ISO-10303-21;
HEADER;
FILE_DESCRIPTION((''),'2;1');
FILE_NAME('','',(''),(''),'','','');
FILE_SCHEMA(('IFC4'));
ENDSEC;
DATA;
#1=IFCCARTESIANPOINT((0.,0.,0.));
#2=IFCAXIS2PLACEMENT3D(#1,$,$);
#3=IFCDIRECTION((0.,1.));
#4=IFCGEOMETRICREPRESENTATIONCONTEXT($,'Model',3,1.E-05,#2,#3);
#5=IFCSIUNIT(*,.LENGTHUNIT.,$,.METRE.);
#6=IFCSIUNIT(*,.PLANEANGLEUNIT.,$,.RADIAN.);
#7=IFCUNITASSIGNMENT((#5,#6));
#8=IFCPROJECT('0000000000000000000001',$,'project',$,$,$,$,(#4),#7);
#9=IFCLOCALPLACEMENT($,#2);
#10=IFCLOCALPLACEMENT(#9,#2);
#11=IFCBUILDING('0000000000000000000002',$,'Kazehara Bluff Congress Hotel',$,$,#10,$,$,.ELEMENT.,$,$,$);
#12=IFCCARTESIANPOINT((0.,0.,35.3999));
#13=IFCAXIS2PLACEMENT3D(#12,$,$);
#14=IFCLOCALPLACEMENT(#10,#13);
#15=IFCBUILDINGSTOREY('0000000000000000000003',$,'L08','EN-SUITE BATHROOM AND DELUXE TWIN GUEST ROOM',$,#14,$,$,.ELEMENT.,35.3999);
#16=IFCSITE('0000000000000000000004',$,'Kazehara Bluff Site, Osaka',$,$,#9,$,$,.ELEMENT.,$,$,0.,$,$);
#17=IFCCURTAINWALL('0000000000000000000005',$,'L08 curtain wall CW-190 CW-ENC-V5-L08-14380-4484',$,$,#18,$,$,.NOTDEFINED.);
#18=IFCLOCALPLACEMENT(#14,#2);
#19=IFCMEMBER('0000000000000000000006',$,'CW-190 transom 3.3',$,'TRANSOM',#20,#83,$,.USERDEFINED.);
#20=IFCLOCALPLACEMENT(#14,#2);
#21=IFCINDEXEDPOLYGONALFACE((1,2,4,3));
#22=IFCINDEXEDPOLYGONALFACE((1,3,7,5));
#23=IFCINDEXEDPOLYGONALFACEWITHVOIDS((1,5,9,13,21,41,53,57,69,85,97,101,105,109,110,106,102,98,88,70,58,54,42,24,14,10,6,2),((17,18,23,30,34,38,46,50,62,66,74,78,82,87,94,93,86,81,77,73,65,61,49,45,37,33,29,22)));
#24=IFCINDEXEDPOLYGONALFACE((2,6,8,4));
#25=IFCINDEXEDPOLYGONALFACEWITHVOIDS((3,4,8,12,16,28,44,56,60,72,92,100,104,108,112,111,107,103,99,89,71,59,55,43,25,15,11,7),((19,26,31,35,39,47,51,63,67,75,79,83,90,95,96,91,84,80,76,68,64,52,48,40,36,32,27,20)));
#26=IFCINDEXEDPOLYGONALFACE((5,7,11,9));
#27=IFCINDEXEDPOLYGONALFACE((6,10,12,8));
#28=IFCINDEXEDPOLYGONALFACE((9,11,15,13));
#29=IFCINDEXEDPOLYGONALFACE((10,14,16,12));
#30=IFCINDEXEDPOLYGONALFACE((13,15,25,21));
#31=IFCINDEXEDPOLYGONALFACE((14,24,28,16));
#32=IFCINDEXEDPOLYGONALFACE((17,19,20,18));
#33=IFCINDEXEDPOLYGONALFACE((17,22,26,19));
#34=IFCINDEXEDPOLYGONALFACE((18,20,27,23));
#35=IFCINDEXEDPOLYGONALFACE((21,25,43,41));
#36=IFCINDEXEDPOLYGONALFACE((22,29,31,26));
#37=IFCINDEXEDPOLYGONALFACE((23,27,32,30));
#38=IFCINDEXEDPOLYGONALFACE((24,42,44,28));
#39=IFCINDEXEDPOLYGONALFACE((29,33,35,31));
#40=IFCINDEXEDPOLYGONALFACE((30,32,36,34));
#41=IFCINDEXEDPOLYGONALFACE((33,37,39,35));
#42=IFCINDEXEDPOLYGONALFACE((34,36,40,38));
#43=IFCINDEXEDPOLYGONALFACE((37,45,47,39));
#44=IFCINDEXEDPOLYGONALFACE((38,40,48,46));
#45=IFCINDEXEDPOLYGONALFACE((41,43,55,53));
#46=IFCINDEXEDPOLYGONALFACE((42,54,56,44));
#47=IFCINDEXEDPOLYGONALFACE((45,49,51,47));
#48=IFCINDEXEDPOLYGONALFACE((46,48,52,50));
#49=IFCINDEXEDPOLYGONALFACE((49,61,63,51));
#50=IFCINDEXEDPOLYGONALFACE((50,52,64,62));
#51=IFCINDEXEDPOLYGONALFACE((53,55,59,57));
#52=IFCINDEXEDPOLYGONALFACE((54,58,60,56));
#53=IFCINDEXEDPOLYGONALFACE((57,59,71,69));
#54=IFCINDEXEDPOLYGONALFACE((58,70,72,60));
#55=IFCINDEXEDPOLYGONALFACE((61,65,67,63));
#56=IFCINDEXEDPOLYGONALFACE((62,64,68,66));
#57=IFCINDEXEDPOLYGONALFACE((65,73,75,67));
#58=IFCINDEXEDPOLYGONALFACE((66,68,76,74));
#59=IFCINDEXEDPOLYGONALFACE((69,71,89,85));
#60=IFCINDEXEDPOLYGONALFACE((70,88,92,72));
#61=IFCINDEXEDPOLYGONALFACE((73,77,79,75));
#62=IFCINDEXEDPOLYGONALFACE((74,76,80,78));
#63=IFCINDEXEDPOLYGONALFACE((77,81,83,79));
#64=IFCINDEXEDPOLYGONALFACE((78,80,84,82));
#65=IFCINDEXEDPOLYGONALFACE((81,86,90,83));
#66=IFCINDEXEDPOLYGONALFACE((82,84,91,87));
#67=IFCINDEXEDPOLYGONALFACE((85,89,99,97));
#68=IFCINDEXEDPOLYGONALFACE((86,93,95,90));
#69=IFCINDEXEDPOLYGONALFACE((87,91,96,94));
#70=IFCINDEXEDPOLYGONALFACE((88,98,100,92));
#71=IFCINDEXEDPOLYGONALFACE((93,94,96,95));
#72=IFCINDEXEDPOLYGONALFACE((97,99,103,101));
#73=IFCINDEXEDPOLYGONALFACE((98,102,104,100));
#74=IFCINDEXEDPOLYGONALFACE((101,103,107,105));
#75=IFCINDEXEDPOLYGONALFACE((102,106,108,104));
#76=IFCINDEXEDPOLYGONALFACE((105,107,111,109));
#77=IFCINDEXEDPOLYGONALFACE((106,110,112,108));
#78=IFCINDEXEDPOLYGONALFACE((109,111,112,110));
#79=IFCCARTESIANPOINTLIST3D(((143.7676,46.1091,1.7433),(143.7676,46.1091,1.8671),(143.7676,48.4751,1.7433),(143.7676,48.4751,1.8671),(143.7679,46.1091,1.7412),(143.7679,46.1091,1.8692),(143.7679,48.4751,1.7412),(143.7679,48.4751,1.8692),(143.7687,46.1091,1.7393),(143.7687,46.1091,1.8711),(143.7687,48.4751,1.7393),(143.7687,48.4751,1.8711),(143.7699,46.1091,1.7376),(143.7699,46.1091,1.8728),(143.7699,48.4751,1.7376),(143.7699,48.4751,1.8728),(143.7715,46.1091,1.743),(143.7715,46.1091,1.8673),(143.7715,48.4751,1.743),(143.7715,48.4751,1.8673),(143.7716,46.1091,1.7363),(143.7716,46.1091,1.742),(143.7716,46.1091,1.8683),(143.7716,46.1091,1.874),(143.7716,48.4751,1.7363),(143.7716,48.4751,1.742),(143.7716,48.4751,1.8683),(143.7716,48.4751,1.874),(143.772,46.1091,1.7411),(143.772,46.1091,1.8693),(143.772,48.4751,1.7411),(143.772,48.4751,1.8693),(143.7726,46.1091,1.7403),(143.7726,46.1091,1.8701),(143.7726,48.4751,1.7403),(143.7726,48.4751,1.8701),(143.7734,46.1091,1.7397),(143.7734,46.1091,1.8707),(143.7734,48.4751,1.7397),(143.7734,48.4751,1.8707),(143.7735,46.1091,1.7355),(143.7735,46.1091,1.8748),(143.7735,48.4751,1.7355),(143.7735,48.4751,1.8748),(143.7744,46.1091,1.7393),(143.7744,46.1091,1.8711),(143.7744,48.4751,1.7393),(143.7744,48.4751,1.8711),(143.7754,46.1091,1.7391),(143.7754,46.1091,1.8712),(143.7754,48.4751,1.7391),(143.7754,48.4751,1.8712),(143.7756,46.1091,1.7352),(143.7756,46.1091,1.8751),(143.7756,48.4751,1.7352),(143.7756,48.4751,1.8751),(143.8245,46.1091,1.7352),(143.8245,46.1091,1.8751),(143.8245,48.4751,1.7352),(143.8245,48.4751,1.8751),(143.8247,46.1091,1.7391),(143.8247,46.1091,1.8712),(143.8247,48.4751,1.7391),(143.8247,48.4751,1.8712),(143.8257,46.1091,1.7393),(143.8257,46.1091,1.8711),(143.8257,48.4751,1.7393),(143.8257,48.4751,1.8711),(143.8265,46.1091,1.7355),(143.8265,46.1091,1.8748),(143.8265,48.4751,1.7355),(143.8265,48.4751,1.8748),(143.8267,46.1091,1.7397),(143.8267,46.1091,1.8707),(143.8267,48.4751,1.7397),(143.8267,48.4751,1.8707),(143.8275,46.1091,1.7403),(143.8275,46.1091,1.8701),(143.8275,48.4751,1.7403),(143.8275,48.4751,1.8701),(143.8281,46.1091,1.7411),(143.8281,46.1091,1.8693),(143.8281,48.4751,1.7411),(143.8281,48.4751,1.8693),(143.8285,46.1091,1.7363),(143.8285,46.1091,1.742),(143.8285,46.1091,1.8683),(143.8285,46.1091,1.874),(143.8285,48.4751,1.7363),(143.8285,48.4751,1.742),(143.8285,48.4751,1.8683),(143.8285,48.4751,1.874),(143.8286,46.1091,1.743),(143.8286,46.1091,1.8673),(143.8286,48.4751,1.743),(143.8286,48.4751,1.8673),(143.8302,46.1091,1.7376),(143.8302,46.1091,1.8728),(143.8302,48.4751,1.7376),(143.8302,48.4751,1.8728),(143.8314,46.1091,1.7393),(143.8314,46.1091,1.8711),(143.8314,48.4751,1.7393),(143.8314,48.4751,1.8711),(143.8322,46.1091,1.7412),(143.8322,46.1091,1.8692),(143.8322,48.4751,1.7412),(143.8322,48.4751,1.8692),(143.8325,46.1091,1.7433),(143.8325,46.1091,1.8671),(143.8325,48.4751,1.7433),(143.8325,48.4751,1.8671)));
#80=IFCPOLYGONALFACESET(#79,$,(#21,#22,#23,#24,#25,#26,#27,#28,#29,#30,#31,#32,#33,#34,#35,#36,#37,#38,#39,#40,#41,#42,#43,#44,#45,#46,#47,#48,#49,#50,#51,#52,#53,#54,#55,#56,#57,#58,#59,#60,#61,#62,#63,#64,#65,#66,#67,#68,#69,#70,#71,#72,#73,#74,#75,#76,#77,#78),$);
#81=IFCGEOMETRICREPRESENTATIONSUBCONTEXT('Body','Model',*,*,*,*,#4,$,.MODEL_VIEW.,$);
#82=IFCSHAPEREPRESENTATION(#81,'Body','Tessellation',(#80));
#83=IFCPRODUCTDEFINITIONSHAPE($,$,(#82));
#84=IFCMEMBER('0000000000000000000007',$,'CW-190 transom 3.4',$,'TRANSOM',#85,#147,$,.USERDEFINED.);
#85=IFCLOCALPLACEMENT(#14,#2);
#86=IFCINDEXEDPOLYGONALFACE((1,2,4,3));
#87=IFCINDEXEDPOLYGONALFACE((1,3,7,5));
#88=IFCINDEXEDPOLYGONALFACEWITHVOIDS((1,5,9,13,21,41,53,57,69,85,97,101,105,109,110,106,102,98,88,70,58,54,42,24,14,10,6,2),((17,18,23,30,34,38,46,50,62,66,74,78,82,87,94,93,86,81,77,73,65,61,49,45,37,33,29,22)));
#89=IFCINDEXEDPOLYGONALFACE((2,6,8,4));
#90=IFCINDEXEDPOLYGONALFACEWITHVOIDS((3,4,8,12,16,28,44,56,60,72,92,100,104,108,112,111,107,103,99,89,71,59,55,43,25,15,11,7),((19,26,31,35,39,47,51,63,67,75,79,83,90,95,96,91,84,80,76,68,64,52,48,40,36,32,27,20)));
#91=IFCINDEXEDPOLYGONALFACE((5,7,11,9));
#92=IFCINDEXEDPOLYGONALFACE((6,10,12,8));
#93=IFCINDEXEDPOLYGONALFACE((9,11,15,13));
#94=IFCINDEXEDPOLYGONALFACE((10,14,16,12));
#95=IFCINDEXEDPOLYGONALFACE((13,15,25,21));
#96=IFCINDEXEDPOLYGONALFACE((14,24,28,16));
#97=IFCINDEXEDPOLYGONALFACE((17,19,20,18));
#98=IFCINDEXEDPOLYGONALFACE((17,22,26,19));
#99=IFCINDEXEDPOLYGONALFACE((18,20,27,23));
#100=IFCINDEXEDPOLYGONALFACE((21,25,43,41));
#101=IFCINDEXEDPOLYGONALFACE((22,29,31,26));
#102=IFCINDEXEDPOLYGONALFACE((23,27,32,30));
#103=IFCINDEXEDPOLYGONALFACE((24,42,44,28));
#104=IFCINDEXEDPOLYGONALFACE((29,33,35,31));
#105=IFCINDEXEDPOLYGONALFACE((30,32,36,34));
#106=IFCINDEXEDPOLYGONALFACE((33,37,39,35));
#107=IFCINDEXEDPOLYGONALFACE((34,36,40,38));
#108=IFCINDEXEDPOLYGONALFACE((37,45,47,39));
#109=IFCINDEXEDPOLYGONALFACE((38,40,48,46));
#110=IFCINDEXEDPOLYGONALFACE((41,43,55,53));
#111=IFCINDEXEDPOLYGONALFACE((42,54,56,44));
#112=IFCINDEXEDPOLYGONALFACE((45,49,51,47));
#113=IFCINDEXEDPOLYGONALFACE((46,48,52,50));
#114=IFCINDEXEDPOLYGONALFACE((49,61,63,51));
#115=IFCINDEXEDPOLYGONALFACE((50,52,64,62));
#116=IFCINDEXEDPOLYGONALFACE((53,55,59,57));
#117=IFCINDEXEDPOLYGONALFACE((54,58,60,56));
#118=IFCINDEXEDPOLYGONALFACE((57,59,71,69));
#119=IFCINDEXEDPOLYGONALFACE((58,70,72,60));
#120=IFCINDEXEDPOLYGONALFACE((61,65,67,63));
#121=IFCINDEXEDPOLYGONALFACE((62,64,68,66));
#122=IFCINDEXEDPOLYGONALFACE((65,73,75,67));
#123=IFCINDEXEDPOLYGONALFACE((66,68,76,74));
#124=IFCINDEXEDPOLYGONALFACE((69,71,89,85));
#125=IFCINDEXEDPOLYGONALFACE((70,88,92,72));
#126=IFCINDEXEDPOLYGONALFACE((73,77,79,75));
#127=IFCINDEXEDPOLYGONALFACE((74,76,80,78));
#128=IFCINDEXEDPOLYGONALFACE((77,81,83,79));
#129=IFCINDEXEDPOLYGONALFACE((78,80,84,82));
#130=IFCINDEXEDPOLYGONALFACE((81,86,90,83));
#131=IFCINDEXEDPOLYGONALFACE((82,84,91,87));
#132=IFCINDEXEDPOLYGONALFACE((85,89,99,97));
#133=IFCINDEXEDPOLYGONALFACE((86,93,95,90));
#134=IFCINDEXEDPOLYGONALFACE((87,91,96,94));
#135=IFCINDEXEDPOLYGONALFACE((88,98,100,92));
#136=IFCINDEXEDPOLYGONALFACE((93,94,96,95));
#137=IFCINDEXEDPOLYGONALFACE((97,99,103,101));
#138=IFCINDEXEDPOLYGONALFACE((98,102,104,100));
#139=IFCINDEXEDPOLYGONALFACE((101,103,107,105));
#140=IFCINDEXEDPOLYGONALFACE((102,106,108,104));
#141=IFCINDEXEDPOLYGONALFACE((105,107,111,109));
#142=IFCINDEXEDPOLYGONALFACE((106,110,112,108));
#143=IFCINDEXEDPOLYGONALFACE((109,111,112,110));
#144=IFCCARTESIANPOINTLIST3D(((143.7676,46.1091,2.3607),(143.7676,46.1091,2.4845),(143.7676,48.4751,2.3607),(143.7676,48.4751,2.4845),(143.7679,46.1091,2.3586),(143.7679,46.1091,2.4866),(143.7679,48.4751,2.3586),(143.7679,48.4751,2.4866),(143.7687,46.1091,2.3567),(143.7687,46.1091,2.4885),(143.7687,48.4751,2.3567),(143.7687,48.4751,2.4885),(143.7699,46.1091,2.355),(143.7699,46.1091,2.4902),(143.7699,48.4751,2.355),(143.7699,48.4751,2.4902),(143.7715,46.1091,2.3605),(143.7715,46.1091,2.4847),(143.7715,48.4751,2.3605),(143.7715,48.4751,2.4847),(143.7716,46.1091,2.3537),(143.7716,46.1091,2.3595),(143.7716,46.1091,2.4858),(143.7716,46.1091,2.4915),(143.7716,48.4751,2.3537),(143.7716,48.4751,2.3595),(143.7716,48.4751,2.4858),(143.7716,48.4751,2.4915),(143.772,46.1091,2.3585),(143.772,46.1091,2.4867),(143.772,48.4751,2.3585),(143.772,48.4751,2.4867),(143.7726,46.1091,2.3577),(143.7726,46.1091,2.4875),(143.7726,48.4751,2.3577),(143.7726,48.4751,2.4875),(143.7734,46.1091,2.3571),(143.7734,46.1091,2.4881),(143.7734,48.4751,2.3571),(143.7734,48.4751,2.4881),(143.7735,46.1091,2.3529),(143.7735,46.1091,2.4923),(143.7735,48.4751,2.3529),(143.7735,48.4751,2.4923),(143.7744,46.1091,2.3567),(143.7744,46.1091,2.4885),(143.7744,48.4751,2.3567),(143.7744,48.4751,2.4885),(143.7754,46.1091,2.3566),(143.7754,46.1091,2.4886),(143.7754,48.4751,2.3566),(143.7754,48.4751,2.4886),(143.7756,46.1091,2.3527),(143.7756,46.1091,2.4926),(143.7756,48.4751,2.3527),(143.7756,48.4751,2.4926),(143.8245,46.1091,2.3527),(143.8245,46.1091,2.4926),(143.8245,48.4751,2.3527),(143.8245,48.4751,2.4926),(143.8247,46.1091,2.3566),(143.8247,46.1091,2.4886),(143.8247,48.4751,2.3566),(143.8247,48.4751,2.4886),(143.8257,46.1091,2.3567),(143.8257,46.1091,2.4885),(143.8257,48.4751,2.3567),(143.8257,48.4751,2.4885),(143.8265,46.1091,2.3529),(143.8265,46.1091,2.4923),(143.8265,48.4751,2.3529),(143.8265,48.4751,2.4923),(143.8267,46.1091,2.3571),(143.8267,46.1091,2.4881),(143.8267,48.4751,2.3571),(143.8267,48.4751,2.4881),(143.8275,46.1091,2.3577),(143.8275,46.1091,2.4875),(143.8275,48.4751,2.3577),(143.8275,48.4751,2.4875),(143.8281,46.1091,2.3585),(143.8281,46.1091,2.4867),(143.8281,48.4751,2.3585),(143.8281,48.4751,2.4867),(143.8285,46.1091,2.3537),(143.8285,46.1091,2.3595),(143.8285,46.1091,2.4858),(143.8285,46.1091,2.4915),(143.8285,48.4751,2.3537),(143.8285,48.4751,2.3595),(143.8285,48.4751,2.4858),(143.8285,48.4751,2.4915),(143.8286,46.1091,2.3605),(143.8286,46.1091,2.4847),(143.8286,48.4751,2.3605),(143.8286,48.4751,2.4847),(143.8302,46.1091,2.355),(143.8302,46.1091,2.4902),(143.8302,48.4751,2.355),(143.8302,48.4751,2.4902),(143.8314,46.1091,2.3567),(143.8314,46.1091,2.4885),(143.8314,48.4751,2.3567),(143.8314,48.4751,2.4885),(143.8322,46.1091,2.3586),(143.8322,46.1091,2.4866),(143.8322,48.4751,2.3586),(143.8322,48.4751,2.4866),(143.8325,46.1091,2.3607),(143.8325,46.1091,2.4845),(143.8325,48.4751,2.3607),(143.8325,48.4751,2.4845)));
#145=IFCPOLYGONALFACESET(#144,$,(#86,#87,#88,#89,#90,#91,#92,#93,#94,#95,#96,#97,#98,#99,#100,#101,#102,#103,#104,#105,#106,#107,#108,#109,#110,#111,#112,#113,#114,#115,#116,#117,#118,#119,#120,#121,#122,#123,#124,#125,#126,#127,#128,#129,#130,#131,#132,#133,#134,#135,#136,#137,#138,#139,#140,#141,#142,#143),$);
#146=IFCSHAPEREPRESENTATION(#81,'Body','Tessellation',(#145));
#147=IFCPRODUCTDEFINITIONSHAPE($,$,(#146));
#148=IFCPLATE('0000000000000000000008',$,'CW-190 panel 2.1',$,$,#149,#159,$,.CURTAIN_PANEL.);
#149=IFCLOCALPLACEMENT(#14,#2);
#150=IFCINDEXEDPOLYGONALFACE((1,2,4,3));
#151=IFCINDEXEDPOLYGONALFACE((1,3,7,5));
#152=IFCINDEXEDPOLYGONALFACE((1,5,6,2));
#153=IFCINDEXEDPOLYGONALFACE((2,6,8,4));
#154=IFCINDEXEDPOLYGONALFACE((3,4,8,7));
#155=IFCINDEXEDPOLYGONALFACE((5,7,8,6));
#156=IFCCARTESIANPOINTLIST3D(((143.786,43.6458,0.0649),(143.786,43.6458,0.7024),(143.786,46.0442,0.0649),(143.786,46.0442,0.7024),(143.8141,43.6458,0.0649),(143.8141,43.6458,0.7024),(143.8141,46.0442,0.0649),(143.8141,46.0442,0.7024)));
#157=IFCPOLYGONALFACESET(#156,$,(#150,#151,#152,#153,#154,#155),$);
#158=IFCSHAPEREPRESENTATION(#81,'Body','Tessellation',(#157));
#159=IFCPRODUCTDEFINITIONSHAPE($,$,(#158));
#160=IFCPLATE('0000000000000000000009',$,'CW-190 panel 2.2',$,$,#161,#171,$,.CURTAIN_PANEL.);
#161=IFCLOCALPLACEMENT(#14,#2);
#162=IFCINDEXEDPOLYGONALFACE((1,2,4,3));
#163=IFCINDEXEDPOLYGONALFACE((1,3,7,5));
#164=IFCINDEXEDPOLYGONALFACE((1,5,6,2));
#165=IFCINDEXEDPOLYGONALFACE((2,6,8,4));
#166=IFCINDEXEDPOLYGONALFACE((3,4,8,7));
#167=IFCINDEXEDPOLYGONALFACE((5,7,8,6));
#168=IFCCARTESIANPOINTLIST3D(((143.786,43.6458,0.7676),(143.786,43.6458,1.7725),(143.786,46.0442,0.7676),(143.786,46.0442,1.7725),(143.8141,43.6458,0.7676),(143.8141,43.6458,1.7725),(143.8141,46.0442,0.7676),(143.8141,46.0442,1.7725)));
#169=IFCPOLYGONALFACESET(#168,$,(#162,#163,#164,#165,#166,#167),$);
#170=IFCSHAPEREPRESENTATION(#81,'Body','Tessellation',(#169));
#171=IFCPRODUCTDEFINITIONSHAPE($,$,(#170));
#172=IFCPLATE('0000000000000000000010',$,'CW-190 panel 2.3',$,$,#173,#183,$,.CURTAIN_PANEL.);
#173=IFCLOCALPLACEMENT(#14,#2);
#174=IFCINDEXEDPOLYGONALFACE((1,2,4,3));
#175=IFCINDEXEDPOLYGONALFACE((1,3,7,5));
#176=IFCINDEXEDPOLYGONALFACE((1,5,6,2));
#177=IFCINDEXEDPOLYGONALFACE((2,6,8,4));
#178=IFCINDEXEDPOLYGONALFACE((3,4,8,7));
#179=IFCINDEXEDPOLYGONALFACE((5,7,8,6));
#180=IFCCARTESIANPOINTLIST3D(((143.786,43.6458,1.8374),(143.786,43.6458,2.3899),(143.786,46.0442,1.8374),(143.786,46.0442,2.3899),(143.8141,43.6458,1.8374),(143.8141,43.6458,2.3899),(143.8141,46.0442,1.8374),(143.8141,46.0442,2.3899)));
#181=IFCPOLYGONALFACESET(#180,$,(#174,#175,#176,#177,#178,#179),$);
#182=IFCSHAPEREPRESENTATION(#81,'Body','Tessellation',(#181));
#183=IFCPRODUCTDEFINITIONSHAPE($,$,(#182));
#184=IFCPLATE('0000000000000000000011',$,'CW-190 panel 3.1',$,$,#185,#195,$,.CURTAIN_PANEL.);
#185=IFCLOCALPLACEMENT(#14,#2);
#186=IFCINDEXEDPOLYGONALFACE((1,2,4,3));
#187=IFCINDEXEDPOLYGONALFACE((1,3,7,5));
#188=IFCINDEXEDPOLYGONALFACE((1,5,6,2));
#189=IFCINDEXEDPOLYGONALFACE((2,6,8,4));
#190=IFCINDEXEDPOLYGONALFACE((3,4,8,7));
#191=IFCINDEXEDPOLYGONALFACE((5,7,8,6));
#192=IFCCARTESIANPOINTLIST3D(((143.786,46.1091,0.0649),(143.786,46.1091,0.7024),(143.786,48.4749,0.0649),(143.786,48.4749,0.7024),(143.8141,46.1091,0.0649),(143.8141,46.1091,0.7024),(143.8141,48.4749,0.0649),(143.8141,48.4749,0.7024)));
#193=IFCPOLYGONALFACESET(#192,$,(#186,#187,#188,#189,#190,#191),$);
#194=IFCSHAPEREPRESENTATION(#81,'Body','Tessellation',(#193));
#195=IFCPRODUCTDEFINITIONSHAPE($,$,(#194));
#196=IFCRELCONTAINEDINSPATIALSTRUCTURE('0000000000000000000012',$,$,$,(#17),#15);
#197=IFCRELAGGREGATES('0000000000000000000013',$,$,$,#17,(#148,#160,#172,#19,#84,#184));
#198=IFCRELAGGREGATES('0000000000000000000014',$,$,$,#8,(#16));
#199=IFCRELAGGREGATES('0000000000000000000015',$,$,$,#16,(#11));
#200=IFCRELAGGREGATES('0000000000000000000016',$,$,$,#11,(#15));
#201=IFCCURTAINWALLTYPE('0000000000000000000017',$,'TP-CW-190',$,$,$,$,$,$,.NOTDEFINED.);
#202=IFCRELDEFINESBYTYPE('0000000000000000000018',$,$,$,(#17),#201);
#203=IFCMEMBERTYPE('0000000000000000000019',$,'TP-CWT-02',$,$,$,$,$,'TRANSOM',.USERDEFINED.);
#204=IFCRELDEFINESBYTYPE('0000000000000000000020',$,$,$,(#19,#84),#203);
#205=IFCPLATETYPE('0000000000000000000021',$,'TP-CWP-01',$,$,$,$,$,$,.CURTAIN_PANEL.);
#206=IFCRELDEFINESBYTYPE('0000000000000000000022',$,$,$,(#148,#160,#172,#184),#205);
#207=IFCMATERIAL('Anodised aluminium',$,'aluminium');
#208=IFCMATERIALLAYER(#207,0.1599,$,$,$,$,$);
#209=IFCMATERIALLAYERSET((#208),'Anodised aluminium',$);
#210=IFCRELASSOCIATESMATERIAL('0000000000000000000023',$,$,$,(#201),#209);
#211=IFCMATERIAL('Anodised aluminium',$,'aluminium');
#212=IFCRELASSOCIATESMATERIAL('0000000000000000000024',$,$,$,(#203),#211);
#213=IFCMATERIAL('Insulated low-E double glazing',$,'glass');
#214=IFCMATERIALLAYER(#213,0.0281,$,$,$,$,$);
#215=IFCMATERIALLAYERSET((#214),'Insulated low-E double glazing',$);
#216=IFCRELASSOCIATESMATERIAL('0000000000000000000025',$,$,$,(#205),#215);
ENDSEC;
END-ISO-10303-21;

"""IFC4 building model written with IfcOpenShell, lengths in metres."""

from ifc_helpers import new_model, si_unit, direction, frame, origin, origin_2d, place, context, subcontext, project, spatial, rectangle, hollow_rectangle, extrude, material, layer, layer_set, material_profile, profile_set, type_object, element, aggregate, save


model = new_model("IFC4")

# Units and contexts
model_context = context("Model", 3, precision=1e-05, world=origin(), true_north=direction((0.0, 1.0)))
body_context = subcontext(model_context, "Body", "Model", "MODEL_VIEW")
ifc_project = project(units=[si_unit("LENGTHUNIT", "METRE"), si_unit("PLANEANGLEUNIT", "RADIAN")], contexts=[model_context])

# Site, building, storey
site_placement = place(None, origin())
site = spatial("IfcSite", under=ifc_project, at=site_placement, Name="Kazehara Bluff Site, Osaka", CompositionType="ELEMENT", RefElevation=0.0)
building_placement = place(site_placement, origin())
building = spatial("IfcBuilding", under=site, at=building_placement, Name="Kazehara Bluff Congress Hotel", CompositionType="ELEMENT")
storey_placement = place(building_placement, frame((0.0, 0.0, 35.3999)))
storey = spatial("IfcBuildingStorey", under=building, at=storey_placement, Name="L08", Description="EN-SUITE BATHROOM AND DELUXE TWIN GUEST ROOM", CompositionType="ELEMENT", Elevation=35.3999)

# Curtain wall, members, plates
ifc_material_1 = material(Name="Anodised aluminium", Category="aluminium")
ifc_layer_1 = layer(ifc_material_1, 0.1599)
ifc_layer_set_1 = layer_set([ifc_layer_1], Name="Anodised aluminium")
curtain_wall_type_1 = type_object("IfcCurtainWallType", Name="TP-CW-190", PredefinedType="NOTDEFINED", material=ifc_layer_set_1)
curtain_wall_1_placement = place(storey_placement, origin())
curtain_wall_1 = element("IfcCurtainWall", 1, at=curtain_wall_1_placement, inside=storey, type_object=curtain_wall_type_1, Name="L08 curtain wall CW-190 CW-ENC-V5-L08-14380-4484", PredefinedType="NOTDEFINED")
ifc_material_2 = material(Name="Anodised aluminium", Category="aluminium")
ifc_material_profile_1 = material_profile(ifc_material_2, hollow_rectangle(XDim=0.0649, YDim=0.1399, WallThickness=0.0039, InnerFilletRadius=0.0039, OuterFilletRadius=0.0081, at=origin_2d()))
ifc_profile_set_1 = profile_set([ifc_material_profile_1], Name="Anodised aluminium")
member_type_1 = type_object("IfcMemberType", Name="TP-CWT-02", ElementType="TRANSOM", PredefinedType="USERDEFINED", material=ifc_profile_set_1)
member_1_placement = place(storey_placement, frame((143.8, 46.1091, 1.8052), z_axis=(0.0, 1.0, 0.0), x_axis=(-1.0, 0.0, 0.0)))
member_1 = element("IfcMember", 2, at=member_1_placement, type_object=member_type_1, Name="CW-190 transom 3.3", ObjectType="TRANSOM", PredefinedType="USERDEFINED", context=body_context, shape_type="SweptSolid", body=[
    extrude(hollow_rectangle(XDim=0.0649, YDim=0.1399, WallThickness=0.0039, InnerFilletRadius=0.0039, OuterFilletRadius=0.0081, at=origin_2d()), origin(), (0.0, 0.0, 1.0), 2.366),
])
member_2_placement = place(storey_placement, frame((143.8, 46.1091, 2.4226), z_axis=(0.0, 1.0, 0.0), x_axis=(-1.0, 0.0, 0.0)))
member_2 = element("IfcMember", 3, at=member_2_placement, type_object=member_type_1, Name="CW-190 transom 3.4", ObjectType="TRANSOM", PredefinedType="USERDEFINED", context=body_context, shape_type="SweptSolid", body=[
    extrude(hollow_rectangle(XDim=0.0649, YDim=0.1399, WallThickness=0.0039, InnerFilletRadius=0.0039, OuterFilletRadius=0.0081, at=origin_2d()), origin(), (0.0, 0.0, 1.0), 2.366),
])
ifc_material_3 = material(Name="Insulated low-E double glazing", Category="glass")
ifc_layer_2 = layer(ifc_material_3, 0.0281)
ifc_layer_set_2 = layer_set([ifc_layer_2], Name="Insulated low-E double glazing")
plate_type_1 = type_object("IfcPlateType", Name="TP-CWP-01", PredefinedType="CURTAIN_PANEL", material=ifc_layer_set_2)
plate_1_placement = place(storey_placement, frame((143.8, 44.845, 0.0649), z_axis=(0.0, 0.0, 1.0), x_axis=(0.0, 1.0, 0.0)))
plate_1 = element("IfcPlate", 4, at=plate_1_placement, type_object=plate_type_1, Name="CW-190 panel 2.1", PredefinedType="CURTAIN_PANEL", context=body_context, shape_type="SweptSolid", body=[
    extrude(rectangle(XDim=2.3984, YDim=0.0281, at=origin_2d()), origin(), (0.0, 0.0, 1.0), 0.6375),
])
plate_2_placement = place(storey_placement, frame((143.8, 44.845, 0.7676), z_axis=(0.0, 0.0, 1.0), x_axis=(0.0, 1.0, 0.0)))
plate_2 = element("IfcPlate", 5, at=plate_2_placement, type_object=plate_type_1, Name="CW-190 panel 2.2", PredefinedType="CURTAIN_PANEL", context=body_context, shape_type="SweptSolid", body=[
    extrude(rectangle(XDim=2.3984, YDim=0.0281, at=origin_2d()), origin(), (0.0, 0.0, 1.0), 1.0049),
])
plate_3_placement = place(storey_placement, frame((143.8, 44.845, 1.8374), z_axis=(0.0, 0.0, 1.0), x_axis=(0.0, 1.0, 0.0)))
plate_3 = element("IfcPlate", 6, at=plate_3_placement, type_object=plate_type_1, Name="CW-190 panel 2.3", PredefinedType="CURTAIN_PANEL", context=body_context, shape_type="SweptSolid", body=[
    extrude(rectangle(XDim=2.3984, YDim=0.0281, at=origin_2d()), origin(), (0.0, 0.0, 1.0), 0.5525),
])
plate_4_placement = place(storey_placement, frame((143.8, 47.292, 0.0649), z_axis=(0.0, 0.0, 1.0), x_axis=(0.0, 1.0, 0.0)))
plate_4 = element("IfcPlate", 7, at=plate_4_placement, type_object=plate_type_1, Name="CW-190 panel 3.1", PredefinedType="CURTAIN_PANEL", context=body_context, shape_type="SweptSolid", body=[
    extrude(rectangle(XDim=2.3657, YDim=0.0281, at=origin_2d()), origin(), (0.0, 0.0, 1.0), 0.6375),
])
aggregate(curtain_wall_1, [plate_1, plate_2, plate_3, member_1, member_2, plate_4])

save(model, "model.ifc")
